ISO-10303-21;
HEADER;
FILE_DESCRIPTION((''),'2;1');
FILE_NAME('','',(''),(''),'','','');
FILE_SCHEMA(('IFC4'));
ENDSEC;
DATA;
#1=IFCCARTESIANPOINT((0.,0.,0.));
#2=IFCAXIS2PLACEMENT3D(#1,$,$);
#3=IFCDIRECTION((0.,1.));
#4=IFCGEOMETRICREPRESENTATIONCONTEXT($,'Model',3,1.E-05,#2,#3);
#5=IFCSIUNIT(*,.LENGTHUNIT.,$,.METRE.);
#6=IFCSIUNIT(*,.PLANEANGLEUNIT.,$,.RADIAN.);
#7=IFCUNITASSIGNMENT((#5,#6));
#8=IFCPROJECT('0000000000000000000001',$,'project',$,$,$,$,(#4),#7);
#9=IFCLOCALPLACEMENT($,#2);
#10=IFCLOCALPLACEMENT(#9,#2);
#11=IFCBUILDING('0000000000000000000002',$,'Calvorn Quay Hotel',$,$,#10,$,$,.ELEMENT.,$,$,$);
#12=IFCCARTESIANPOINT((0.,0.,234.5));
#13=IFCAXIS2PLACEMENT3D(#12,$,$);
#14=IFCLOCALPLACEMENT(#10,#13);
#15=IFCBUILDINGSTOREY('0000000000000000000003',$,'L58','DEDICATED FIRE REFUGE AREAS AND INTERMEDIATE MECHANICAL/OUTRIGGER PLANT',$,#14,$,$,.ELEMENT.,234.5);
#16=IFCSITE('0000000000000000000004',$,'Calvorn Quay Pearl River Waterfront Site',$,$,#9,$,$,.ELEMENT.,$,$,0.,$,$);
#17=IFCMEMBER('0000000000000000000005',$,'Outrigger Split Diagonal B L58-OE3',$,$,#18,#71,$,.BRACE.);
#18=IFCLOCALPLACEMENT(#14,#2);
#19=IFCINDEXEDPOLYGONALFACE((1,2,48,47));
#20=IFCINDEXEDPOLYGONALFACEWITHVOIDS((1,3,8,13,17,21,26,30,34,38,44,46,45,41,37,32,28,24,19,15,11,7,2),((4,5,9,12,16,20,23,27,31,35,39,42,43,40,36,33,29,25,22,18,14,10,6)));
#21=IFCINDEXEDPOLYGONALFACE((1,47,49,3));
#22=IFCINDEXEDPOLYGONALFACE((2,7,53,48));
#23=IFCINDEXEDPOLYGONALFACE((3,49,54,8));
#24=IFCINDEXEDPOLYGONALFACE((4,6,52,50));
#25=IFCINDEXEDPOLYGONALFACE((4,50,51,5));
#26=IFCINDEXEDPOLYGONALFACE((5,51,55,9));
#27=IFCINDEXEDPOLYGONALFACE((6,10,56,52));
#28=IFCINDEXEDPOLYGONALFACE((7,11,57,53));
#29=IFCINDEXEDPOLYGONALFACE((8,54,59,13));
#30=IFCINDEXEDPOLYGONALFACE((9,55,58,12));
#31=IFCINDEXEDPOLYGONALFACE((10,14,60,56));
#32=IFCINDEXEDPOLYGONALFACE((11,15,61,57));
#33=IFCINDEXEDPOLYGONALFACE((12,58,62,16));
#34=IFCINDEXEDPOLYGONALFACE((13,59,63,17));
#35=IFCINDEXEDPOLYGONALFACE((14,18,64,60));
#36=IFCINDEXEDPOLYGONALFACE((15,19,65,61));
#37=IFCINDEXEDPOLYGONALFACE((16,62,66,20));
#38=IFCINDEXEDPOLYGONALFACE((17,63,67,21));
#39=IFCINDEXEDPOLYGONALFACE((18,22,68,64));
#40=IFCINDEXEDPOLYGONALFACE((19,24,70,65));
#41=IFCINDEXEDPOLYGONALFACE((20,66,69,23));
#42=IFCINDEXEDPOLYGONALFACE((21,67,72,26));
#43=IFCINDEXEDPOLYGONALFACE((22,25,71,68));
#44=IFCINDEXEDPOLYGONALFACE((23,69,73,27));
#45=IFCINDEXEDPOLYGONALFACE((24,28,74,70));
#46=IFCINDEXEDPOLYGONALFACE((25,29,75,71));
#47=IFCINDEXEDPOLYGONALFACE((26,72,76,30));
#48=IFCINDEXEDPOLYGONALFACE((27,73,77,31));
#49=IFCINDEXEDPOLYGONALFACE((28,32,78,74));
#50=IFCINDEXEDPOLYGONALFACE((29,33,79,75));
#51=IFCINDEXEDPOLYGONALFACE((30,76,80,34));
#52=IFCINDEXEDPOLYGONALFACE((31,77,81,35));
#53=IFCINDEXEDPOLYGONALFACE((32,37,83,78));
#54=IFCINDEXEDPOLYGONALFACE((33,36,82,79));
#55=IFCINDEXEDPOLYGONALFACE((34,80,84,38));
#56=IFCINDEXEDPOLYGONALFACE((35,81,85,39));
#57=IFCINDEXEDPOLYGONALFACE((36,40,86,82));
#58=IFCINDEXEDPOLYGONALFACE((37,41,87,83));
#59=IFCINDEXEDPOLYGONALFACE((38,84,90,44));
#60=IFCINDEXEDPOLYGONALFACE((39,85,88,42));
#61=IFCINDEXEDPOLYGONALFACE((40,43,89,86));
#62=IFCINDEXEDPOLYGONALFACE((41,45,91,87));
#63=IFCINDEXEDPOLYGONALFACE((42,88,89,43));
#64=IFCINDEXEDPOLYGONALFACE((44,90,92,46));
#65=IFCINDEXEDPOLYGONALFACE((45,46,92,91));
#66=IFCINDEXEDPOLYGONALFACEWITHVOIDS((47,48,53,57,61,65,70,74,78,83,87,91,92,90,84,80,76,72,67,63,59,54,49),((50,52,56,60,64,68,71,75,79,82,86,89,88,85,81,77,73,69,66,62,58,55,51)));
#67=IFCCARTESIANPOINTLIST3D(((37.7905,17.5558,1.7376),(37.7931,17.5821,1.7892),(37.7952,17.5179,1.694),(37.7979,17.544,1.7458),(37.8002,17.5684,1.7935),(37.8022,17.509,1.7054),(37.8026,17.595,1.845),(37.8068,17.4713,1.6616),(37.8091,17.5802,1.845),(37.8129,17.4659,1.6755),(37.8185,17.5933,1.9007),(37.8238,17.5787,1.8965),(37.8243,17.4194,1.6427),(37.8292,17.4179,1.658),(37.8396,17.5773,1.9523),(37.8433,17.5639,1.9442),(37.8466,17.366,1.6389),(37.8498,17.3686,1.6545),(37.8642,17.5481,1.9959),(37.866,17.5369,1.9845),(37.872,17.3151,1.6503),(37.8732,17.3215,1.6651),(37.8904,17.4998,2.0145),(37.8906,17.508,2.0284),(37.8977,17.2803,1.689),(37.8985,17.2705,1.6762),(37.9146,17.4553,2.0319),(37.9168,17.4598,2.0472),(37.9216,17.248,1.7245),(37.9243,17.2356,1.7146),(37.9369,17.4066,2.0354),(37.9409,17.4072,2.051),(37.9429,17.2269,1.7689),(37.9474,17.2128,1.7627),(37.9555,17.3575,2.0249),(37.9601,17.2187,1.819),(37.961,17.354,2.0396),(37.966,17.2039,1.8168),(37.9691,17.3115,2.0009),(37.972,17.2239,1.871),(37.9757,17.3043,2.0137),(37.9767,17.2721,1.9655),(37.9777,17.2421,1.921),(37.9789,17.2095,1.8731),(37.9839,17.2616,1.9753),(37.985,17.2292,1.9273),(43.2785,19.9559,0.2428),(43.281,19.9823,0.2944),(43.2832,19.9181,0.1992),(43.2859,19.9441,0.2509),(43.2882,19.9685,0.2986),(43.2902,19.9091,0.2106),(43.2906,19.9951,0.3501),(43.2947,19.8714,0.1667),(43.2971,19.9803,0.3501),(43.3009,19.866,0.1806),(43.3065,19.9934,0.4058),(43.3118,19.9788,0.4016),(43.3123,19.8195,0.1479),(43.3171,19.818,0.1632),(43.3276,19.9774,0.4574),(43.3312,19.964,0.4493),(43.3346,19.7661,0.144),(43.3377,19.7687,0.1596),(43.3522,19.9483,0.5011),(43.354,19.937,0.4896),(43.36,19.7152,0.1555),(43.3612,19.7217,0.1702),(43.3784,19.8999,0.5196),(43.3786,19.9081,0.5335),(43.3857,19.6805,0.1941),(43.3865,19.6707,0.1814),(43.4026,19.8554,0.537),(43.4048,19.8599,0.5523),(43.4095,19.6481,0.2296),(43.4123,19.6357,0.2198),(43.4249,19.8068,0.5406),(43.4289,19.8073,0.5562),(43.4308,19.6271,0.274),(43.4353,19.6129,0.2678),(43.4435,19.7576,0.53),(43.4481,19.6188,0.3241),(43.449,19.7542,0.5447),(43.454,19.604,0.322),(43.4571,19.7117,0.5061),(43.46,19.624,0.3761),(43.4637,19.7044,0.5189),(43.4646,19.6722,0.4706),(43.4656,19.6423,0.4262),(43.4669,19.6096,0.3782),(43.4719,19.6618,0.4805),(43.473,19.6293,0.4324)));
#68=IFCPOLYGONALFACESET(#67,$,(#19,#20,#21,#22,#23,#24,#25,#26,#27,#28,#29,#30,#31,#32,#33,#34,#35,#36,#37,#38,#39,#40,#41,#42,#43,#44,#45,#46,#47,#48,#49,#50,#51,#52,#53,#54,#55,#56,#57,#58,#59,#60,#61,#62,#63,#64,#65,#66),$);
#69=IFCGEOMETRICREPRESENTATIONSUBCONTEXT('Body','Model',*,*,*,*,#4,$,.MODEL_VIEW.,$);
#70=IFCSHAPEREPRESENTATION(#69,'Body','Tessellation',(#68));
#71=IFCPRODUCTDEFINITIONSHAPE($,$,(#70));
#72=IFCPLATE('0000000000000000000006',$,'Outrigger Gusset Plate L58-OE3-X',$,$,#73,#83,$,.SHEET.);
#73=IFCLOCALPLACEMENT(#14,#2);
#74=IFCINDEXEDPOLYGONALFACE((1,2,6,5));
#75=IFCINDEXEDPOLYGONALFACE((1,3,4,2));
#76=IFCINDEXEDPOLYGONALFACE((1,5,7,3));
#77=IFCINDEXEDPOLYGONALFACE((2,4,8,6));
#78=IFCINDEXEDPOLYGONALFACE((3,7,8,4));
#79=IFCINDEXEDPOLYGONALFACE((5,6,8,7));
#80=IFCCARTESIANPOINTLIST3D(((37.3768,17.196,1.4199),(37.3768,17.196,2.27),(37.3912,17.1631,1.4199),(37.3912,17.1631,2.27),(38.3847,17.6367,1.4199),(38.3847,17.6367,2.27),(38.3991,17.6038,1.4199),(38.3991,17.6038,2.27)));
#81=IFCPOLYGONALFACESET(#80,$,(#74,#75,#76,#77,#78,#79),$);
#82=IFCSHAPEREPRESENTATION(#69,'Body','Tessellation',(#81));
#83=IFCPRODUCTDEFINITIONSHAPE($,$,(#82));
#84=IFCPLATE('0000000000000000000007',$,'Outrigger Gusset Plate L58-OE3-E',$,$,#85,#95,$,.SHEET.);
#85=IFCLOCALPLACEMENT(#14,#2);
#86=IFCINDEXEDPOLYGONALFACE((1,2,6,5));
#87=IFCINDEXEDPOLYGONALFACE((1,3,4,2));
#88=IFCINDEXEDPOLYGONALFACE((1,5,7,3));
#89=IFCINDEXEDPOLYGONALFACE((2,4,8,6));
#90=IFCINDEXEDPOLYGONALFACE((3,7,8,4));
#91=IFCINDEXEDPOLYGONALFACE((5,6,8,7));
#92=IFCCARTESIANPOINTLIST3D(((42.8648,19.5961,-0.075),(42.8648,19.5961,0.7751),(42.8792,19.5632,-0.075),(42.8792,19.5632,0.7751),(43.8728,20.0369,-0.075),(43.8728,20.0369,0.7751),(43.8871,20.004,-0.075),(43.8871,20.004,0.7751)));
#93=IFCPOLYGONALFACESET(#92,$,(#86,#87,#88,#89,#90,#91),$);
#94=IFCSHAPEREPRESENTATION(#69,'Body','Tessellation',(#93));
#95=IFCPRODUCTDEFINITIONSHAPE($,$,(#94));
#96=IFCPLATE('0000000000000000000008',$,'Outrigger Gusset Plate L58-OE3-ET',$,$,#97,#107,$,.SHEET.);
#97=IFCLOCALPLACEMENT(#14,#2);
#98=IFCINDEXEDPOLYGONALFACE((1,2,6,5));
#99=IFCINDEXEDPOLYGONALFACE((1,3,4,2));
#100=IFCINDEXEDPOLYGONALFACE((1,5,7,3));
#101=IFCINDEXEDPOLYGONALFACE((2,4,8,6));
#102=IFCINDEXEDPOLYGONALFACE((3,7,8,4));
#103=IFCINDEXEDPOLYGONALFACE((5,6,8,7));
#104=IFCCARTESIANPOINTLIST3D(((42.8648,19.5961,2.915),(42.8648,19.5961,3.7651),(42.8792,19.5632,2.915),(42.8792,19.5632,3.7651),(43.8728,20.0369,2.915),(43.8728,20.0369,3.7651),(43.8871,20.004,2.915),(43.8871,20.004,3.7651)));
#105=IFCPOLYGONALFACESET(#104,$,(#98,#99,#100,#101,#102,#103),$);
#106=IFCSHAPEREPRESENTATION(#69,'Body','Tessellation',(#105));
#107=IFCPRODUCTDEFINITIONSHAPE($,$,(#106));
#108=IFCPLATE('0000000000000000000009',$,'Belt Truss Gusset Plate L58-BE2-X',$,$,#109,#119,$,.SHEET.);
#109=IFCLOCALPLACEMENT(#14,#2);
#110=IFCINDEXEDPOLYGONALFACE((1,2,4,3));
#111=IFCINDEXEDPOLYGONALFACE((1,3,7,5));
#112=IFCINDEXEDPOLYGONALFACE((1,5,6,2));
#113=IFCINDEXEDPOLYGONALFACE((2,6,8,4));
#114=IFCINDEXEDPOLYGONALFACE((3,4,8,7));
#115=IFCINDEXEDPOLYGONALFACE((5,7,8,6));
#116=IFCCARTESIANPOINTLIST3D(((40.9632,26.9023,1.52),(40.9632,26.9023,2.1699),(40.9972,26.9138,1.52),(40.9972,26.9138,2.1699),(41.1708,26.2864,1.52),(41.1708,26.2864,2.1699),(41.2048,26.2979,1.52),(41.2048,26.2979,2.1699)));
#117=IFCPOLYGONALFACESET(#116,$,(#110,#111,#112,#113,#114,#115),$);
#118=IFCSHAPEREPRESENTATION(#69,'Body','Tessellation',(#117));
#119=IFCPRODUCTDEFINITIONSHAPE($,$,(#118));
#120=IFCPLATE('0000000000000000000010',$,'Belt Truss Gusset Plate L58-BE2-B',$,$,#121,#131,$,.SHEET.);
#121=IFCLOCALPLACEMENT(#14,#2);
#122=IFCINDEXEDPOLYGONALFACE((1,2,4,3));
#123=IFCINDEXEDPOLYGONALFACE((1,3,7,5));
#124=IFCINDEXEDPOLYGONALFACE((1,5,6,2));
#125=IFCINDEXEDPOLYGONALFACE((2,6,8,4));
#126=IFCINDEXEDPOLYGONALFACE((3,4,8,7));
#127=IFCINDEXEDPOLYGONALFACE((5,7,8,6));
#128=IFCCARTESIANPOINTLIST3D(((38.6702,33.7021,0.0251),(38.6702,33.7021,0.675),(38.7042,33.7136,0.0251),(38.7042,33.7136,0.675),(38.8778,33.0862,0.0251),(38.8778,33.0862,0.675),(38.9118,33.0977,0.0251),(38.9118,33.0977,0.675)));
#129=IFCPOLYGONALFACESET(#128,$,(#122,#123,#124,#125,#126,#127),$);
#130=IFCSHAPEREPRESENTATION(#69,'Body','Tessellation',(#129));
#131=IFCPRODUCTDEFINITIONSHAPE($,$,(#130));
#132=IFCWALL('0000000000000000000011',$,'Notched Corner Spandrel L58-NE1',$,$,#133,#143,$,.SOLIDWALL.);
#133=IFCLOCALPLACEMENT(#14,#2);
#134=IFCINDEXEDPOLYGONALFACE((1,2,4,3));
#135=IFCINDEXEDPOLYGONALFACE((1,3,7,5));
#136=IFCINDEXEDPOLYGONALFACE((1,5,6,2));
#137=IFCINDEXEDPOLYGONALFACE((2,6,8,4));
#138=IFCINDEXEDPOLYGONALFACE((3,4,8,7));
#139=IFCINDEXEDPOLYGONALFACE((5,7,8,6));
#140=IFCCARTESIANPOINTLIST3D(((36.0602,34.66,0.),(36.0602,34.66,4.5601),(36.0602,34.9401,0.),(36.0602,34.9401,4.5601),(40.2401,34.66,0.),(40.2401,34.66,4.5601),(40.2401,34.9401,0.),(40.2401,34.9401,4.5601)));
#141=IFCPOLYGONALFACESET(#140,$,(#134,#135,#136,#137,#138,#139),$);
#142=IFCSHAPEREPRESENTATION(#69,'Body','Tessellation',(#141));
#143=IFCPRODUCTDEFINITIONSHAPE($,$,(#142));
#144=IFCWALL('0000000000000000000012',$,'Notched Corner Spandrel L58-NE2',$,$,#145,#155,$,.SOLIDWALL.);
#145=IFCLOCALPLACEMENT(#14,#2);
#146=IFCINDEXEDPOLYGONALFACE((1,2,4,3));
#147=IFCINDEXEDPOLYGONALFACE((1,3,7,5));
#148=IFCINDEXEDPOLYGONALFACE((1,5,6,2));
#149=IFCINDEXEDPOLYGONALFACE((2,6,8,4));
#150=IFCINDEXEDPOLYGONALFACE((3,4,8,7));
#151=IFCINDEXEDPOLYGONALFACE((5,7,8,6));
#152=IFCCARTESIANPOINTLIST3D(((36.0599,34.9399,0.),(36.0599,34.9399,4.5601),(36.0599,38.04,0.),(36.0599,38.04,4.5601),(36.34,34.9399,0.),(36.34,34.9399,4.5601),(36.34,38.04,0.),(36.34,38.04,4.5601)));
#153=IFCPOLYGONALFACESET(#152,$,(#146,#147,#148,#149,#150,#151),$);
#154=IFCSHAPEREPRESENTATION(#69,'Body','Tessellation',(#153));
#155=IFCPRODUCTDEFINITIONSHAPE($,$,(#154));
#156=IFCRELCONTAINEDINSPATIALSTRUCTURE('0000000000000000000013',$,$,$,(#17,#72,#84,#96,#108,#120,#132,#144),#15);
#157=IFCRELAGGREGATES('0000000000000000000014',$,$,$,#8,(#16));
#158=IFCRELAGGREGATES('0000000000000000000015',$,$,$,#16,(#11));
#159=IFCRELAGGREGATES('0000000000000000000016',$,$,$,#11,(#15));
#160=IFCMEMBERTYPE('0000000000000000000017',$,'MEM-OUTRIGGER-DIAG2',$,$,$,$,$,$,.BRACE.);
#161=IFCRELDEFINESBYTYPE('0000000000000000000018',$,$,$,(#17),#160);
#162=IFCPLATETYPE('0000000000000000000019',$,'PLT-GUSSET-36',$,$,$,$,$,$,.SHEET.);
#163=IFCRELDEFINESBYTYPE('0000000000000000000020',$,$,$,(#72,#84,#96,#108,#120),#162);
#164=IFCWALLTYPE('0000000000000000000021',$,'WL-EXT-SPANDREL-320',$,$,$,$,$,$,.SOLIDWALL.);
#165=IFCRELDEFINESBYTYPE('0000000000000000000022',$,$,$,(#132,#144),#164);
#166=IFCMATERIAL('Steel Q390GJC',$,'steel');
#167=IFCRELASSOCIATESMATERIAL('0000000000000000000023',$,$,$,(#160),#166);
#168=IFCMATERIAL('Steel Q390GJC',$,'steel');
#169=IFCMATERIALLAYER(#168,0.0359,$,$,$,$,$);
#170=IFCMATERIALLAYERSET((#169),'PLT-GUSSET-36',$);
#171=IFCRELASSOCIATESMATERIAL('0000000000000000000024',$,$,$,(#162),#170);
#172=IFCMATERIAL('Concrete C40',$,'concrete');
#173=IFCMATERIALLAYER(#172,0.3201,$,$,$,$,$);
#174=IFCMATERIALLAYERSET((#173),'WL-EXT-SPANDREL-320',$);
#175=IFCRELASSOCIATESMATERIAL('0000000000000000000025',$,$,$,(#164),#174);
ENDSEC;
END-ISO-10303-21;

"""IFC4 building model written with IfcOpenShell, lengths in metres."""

from ifc_helpers import new_model, si_unit, direction, frame, frame_2d, origin, origin_2d, place, context, subcontext, project, spatial, rectangle, hollow_circle, extrude, material, layer, layer_set, material_profile, profile_set, type_object, element, save


model = new_model("IFC4")

# Units and contexts
model_context = context("Model", 3, precision=1e-05, world=origin(), true_north=direction((0.0, 1.0)))
body_context = subcontext(model_context, "Body", "Model", "MODEL_VIEW")
ifc_project = project(units=[si_unit("LENGTHUNIT", "METRE"), si_unit("PLANEANGLEUNIT", "RADIAN")], contexts=[model_context])

# Site, building, storey
site_placement = place(None, origin())
site = spatial("IfcSite", under=ifc_project, at=site_placement, Name="Calvorn Quay Pearl River Waterfront Site", CompositionType="ELEMENT", RefElevation=0.0)
building_placement = place(site_placement, origin())
building = spatial("IfcBuilding", under=site, at=building_placement, Name="Calvorn Quay Hotel", CompositionType="ELEMENT")
storey_placement = place(building_placement, frame((0.0, 0.0, 234.5)))
storey = spatial("IfcBuildingStorey", under=building, at=storey_placement, Name="L58", Description="DEDICATED FIRE REFUGE AREAS AND INTERMEDIATE MECHANICAL/OUTRIGGER PLANT", CompositionType="ELEMENT", Elevation=234.5)

# Member
ifc_material_1 = material(Name="Steel Q390GJC", Category="steel")
ifc_material_profile_1 = material_profile(ifc_material_1, hollow_circle(Radius=0.2129, WallThickness=0.0161, at=origin_2d()), Name="CHS426x16")
ifc_profile_set_1 = profile_set([ifc_material_profile_1], Name="Steel Q390GJC")
member_type_1 = type_object("IfcMemberType", Name="MEM-OUTRIGGER-DIAG2", PredefinedType="BRACE", material=ifc_profile_set_1)
member_1_placement = place(storey_placement, frame((37.8879, 17.3999, 1.845), z_axis=(0.888946, 0.388773, -0.242138), x_axis=(-0.400697, 0.916211, 0.0)))
element("IfcMember", 1, at=member_1_placement, inside=storey, type_object=member_type_1, Name="Outrigger Split Diagonal B L58-OE3", PredefinedType="BRACE", context=body_context, shape_type="SweptSolid", body=[
    extrude(hollow_circle(Radius=0.2129, WallThickness=0.0161, at=origin_2d()), origin(), (0.0, 0.0, 1.0), 6.1736),
])

# Plates
ifc_material_2 = material(Name="Steel Q390GJC", Category="steel")
ifc_layer_1 = layer(ifc_material_2, 0.0359)
ifc_layer_set_1 = layer_set([ifc_layer_1], Name="PLT-GUSSET-36")
plate_type = type_object("IfcPlateType", Name="PLT-GUSSET-36", PredefinedType="SHEET", material=ifc_layer_set_1)
for number, where, z_axis, x_axis, name in (
    (2, (37.8879, 17.3999, 1.4199), (0.0, 0.0, 1.0), (0.916223, 0.400669, 0.0), "Outrigger Gusset Plate L58-OE3-X"),
    (3, (43.376, 19.8, -0.075), (0.0, 0.0, 1.0), (0.916223, 0.400669, 0.0), "Outrigger Gusset Plate L58-OE3-E"),
    (4, (43.376, 19.8, 2.915), (0.0, 0.0, 1.0), (0.916223, 0.400669, 0.0), "Outrigger Gusset Plate L58-OE3-ET"),
):
    element("IfcPlate", number, at=place(storey_placement, frame(where, z_axis=z_axis, x_axis=x_axis)), inside=storey, type_object=plate_type, Name=name, PredefinedType="SHEET", context=body_context, shape_type="SweptSolid", body=[
        extrude(rectangle(XDim=1.1001, YDim=0.0359, at=origin_2d()), origin(), (0.0, 0.0, 1.0), 0.8501),
    ])
for number, where, z_axis, x_axis, name in (
    (5, (41.084, 26.6001, 1.52), (0.0, 0.0, 1.0), (-0.319456, 0.947601, 0.0), "Belt Truss Gusset Plate L58-BE2-X"),
    (6, (38.791, 33.3999, 0.0251), (0.0, 0.0, 1.0), (-0.319456, 0.947601, 0.0), "Belt Truss Gusset Plate L58-BE2-B"),
):
    element("IfcPlate", number, at=place(storey_placement, frame(where, z_axis=z_axis, x_axis=x_axis)), inside=storey, type_object=plate_type, Name=name, PredefinedType="SHEET", context=body_context, shape_type="SweptSolid", body=[
        extrude(rectangle(XDim=0.6499, YDim=0.0359, at=origin_2d()), origin(), (0.0, 0.0, 1.0), 0.6499),
    ])

# Walls
ifc_material_3 = material(Name="Concrete C40", Category="concrete")
ifc_layer_2 = layer(ifc_material_3, 0.3201)
ifc_layer_set_2 = layer_set([ifc_layer_2], Name="WL-EXT-SPANDREL-320")
wall_type = type_object("IfcWallType", Name="WL-EXT-SPANDREL-320", PredefinedType="SOLIDWALL", material=ifc_layer_set_2)
wall_1_placement = place(storey_placement, frame((40.24, 34.8, 0.0), z_axis=(0.0, 0.0, 1.0), x_axis=(-1.0, 0.0, 0.0)))
element("IfcWall", 7, at=wall_1_placement, inside=storey, type_object=wall_type, Name="Notched Corner Spandrel L58-NE1", PredefinedType="SOLIDWALL", context=body_context, shape_type="SweptSolid", body=[
    extrude(rectangle(XDim=4.1799, YDim=0.28, at=frame_2d((2.0898, 0.0))), origin(), (0.0, 0.0, 1.0), 4.5601),
])
wall_2_placement = place(storey_placement, frame((36.2, 34.9399, 0.0), z_axis=(0.0, 0.0, 1.0), x_axis=(0.0, 1.0, 0.0)))
element("IfcWall", 8, at=wall_2_placement, inside=storey, type_object=wall_type, Name="Notched Corner Spandrel L58-NE2", PredefinedType="SOLIDWALL", context=body_context, shape_type="SweptSolid", body=[
    extrude(rectangle(XDim=3.1001, YDim=0.28, at=frame_2d((1.55, 0.0))), origin(), (0.0, 0.0, 1.0), 4.5601),
])

save(model, "model.ifc")
